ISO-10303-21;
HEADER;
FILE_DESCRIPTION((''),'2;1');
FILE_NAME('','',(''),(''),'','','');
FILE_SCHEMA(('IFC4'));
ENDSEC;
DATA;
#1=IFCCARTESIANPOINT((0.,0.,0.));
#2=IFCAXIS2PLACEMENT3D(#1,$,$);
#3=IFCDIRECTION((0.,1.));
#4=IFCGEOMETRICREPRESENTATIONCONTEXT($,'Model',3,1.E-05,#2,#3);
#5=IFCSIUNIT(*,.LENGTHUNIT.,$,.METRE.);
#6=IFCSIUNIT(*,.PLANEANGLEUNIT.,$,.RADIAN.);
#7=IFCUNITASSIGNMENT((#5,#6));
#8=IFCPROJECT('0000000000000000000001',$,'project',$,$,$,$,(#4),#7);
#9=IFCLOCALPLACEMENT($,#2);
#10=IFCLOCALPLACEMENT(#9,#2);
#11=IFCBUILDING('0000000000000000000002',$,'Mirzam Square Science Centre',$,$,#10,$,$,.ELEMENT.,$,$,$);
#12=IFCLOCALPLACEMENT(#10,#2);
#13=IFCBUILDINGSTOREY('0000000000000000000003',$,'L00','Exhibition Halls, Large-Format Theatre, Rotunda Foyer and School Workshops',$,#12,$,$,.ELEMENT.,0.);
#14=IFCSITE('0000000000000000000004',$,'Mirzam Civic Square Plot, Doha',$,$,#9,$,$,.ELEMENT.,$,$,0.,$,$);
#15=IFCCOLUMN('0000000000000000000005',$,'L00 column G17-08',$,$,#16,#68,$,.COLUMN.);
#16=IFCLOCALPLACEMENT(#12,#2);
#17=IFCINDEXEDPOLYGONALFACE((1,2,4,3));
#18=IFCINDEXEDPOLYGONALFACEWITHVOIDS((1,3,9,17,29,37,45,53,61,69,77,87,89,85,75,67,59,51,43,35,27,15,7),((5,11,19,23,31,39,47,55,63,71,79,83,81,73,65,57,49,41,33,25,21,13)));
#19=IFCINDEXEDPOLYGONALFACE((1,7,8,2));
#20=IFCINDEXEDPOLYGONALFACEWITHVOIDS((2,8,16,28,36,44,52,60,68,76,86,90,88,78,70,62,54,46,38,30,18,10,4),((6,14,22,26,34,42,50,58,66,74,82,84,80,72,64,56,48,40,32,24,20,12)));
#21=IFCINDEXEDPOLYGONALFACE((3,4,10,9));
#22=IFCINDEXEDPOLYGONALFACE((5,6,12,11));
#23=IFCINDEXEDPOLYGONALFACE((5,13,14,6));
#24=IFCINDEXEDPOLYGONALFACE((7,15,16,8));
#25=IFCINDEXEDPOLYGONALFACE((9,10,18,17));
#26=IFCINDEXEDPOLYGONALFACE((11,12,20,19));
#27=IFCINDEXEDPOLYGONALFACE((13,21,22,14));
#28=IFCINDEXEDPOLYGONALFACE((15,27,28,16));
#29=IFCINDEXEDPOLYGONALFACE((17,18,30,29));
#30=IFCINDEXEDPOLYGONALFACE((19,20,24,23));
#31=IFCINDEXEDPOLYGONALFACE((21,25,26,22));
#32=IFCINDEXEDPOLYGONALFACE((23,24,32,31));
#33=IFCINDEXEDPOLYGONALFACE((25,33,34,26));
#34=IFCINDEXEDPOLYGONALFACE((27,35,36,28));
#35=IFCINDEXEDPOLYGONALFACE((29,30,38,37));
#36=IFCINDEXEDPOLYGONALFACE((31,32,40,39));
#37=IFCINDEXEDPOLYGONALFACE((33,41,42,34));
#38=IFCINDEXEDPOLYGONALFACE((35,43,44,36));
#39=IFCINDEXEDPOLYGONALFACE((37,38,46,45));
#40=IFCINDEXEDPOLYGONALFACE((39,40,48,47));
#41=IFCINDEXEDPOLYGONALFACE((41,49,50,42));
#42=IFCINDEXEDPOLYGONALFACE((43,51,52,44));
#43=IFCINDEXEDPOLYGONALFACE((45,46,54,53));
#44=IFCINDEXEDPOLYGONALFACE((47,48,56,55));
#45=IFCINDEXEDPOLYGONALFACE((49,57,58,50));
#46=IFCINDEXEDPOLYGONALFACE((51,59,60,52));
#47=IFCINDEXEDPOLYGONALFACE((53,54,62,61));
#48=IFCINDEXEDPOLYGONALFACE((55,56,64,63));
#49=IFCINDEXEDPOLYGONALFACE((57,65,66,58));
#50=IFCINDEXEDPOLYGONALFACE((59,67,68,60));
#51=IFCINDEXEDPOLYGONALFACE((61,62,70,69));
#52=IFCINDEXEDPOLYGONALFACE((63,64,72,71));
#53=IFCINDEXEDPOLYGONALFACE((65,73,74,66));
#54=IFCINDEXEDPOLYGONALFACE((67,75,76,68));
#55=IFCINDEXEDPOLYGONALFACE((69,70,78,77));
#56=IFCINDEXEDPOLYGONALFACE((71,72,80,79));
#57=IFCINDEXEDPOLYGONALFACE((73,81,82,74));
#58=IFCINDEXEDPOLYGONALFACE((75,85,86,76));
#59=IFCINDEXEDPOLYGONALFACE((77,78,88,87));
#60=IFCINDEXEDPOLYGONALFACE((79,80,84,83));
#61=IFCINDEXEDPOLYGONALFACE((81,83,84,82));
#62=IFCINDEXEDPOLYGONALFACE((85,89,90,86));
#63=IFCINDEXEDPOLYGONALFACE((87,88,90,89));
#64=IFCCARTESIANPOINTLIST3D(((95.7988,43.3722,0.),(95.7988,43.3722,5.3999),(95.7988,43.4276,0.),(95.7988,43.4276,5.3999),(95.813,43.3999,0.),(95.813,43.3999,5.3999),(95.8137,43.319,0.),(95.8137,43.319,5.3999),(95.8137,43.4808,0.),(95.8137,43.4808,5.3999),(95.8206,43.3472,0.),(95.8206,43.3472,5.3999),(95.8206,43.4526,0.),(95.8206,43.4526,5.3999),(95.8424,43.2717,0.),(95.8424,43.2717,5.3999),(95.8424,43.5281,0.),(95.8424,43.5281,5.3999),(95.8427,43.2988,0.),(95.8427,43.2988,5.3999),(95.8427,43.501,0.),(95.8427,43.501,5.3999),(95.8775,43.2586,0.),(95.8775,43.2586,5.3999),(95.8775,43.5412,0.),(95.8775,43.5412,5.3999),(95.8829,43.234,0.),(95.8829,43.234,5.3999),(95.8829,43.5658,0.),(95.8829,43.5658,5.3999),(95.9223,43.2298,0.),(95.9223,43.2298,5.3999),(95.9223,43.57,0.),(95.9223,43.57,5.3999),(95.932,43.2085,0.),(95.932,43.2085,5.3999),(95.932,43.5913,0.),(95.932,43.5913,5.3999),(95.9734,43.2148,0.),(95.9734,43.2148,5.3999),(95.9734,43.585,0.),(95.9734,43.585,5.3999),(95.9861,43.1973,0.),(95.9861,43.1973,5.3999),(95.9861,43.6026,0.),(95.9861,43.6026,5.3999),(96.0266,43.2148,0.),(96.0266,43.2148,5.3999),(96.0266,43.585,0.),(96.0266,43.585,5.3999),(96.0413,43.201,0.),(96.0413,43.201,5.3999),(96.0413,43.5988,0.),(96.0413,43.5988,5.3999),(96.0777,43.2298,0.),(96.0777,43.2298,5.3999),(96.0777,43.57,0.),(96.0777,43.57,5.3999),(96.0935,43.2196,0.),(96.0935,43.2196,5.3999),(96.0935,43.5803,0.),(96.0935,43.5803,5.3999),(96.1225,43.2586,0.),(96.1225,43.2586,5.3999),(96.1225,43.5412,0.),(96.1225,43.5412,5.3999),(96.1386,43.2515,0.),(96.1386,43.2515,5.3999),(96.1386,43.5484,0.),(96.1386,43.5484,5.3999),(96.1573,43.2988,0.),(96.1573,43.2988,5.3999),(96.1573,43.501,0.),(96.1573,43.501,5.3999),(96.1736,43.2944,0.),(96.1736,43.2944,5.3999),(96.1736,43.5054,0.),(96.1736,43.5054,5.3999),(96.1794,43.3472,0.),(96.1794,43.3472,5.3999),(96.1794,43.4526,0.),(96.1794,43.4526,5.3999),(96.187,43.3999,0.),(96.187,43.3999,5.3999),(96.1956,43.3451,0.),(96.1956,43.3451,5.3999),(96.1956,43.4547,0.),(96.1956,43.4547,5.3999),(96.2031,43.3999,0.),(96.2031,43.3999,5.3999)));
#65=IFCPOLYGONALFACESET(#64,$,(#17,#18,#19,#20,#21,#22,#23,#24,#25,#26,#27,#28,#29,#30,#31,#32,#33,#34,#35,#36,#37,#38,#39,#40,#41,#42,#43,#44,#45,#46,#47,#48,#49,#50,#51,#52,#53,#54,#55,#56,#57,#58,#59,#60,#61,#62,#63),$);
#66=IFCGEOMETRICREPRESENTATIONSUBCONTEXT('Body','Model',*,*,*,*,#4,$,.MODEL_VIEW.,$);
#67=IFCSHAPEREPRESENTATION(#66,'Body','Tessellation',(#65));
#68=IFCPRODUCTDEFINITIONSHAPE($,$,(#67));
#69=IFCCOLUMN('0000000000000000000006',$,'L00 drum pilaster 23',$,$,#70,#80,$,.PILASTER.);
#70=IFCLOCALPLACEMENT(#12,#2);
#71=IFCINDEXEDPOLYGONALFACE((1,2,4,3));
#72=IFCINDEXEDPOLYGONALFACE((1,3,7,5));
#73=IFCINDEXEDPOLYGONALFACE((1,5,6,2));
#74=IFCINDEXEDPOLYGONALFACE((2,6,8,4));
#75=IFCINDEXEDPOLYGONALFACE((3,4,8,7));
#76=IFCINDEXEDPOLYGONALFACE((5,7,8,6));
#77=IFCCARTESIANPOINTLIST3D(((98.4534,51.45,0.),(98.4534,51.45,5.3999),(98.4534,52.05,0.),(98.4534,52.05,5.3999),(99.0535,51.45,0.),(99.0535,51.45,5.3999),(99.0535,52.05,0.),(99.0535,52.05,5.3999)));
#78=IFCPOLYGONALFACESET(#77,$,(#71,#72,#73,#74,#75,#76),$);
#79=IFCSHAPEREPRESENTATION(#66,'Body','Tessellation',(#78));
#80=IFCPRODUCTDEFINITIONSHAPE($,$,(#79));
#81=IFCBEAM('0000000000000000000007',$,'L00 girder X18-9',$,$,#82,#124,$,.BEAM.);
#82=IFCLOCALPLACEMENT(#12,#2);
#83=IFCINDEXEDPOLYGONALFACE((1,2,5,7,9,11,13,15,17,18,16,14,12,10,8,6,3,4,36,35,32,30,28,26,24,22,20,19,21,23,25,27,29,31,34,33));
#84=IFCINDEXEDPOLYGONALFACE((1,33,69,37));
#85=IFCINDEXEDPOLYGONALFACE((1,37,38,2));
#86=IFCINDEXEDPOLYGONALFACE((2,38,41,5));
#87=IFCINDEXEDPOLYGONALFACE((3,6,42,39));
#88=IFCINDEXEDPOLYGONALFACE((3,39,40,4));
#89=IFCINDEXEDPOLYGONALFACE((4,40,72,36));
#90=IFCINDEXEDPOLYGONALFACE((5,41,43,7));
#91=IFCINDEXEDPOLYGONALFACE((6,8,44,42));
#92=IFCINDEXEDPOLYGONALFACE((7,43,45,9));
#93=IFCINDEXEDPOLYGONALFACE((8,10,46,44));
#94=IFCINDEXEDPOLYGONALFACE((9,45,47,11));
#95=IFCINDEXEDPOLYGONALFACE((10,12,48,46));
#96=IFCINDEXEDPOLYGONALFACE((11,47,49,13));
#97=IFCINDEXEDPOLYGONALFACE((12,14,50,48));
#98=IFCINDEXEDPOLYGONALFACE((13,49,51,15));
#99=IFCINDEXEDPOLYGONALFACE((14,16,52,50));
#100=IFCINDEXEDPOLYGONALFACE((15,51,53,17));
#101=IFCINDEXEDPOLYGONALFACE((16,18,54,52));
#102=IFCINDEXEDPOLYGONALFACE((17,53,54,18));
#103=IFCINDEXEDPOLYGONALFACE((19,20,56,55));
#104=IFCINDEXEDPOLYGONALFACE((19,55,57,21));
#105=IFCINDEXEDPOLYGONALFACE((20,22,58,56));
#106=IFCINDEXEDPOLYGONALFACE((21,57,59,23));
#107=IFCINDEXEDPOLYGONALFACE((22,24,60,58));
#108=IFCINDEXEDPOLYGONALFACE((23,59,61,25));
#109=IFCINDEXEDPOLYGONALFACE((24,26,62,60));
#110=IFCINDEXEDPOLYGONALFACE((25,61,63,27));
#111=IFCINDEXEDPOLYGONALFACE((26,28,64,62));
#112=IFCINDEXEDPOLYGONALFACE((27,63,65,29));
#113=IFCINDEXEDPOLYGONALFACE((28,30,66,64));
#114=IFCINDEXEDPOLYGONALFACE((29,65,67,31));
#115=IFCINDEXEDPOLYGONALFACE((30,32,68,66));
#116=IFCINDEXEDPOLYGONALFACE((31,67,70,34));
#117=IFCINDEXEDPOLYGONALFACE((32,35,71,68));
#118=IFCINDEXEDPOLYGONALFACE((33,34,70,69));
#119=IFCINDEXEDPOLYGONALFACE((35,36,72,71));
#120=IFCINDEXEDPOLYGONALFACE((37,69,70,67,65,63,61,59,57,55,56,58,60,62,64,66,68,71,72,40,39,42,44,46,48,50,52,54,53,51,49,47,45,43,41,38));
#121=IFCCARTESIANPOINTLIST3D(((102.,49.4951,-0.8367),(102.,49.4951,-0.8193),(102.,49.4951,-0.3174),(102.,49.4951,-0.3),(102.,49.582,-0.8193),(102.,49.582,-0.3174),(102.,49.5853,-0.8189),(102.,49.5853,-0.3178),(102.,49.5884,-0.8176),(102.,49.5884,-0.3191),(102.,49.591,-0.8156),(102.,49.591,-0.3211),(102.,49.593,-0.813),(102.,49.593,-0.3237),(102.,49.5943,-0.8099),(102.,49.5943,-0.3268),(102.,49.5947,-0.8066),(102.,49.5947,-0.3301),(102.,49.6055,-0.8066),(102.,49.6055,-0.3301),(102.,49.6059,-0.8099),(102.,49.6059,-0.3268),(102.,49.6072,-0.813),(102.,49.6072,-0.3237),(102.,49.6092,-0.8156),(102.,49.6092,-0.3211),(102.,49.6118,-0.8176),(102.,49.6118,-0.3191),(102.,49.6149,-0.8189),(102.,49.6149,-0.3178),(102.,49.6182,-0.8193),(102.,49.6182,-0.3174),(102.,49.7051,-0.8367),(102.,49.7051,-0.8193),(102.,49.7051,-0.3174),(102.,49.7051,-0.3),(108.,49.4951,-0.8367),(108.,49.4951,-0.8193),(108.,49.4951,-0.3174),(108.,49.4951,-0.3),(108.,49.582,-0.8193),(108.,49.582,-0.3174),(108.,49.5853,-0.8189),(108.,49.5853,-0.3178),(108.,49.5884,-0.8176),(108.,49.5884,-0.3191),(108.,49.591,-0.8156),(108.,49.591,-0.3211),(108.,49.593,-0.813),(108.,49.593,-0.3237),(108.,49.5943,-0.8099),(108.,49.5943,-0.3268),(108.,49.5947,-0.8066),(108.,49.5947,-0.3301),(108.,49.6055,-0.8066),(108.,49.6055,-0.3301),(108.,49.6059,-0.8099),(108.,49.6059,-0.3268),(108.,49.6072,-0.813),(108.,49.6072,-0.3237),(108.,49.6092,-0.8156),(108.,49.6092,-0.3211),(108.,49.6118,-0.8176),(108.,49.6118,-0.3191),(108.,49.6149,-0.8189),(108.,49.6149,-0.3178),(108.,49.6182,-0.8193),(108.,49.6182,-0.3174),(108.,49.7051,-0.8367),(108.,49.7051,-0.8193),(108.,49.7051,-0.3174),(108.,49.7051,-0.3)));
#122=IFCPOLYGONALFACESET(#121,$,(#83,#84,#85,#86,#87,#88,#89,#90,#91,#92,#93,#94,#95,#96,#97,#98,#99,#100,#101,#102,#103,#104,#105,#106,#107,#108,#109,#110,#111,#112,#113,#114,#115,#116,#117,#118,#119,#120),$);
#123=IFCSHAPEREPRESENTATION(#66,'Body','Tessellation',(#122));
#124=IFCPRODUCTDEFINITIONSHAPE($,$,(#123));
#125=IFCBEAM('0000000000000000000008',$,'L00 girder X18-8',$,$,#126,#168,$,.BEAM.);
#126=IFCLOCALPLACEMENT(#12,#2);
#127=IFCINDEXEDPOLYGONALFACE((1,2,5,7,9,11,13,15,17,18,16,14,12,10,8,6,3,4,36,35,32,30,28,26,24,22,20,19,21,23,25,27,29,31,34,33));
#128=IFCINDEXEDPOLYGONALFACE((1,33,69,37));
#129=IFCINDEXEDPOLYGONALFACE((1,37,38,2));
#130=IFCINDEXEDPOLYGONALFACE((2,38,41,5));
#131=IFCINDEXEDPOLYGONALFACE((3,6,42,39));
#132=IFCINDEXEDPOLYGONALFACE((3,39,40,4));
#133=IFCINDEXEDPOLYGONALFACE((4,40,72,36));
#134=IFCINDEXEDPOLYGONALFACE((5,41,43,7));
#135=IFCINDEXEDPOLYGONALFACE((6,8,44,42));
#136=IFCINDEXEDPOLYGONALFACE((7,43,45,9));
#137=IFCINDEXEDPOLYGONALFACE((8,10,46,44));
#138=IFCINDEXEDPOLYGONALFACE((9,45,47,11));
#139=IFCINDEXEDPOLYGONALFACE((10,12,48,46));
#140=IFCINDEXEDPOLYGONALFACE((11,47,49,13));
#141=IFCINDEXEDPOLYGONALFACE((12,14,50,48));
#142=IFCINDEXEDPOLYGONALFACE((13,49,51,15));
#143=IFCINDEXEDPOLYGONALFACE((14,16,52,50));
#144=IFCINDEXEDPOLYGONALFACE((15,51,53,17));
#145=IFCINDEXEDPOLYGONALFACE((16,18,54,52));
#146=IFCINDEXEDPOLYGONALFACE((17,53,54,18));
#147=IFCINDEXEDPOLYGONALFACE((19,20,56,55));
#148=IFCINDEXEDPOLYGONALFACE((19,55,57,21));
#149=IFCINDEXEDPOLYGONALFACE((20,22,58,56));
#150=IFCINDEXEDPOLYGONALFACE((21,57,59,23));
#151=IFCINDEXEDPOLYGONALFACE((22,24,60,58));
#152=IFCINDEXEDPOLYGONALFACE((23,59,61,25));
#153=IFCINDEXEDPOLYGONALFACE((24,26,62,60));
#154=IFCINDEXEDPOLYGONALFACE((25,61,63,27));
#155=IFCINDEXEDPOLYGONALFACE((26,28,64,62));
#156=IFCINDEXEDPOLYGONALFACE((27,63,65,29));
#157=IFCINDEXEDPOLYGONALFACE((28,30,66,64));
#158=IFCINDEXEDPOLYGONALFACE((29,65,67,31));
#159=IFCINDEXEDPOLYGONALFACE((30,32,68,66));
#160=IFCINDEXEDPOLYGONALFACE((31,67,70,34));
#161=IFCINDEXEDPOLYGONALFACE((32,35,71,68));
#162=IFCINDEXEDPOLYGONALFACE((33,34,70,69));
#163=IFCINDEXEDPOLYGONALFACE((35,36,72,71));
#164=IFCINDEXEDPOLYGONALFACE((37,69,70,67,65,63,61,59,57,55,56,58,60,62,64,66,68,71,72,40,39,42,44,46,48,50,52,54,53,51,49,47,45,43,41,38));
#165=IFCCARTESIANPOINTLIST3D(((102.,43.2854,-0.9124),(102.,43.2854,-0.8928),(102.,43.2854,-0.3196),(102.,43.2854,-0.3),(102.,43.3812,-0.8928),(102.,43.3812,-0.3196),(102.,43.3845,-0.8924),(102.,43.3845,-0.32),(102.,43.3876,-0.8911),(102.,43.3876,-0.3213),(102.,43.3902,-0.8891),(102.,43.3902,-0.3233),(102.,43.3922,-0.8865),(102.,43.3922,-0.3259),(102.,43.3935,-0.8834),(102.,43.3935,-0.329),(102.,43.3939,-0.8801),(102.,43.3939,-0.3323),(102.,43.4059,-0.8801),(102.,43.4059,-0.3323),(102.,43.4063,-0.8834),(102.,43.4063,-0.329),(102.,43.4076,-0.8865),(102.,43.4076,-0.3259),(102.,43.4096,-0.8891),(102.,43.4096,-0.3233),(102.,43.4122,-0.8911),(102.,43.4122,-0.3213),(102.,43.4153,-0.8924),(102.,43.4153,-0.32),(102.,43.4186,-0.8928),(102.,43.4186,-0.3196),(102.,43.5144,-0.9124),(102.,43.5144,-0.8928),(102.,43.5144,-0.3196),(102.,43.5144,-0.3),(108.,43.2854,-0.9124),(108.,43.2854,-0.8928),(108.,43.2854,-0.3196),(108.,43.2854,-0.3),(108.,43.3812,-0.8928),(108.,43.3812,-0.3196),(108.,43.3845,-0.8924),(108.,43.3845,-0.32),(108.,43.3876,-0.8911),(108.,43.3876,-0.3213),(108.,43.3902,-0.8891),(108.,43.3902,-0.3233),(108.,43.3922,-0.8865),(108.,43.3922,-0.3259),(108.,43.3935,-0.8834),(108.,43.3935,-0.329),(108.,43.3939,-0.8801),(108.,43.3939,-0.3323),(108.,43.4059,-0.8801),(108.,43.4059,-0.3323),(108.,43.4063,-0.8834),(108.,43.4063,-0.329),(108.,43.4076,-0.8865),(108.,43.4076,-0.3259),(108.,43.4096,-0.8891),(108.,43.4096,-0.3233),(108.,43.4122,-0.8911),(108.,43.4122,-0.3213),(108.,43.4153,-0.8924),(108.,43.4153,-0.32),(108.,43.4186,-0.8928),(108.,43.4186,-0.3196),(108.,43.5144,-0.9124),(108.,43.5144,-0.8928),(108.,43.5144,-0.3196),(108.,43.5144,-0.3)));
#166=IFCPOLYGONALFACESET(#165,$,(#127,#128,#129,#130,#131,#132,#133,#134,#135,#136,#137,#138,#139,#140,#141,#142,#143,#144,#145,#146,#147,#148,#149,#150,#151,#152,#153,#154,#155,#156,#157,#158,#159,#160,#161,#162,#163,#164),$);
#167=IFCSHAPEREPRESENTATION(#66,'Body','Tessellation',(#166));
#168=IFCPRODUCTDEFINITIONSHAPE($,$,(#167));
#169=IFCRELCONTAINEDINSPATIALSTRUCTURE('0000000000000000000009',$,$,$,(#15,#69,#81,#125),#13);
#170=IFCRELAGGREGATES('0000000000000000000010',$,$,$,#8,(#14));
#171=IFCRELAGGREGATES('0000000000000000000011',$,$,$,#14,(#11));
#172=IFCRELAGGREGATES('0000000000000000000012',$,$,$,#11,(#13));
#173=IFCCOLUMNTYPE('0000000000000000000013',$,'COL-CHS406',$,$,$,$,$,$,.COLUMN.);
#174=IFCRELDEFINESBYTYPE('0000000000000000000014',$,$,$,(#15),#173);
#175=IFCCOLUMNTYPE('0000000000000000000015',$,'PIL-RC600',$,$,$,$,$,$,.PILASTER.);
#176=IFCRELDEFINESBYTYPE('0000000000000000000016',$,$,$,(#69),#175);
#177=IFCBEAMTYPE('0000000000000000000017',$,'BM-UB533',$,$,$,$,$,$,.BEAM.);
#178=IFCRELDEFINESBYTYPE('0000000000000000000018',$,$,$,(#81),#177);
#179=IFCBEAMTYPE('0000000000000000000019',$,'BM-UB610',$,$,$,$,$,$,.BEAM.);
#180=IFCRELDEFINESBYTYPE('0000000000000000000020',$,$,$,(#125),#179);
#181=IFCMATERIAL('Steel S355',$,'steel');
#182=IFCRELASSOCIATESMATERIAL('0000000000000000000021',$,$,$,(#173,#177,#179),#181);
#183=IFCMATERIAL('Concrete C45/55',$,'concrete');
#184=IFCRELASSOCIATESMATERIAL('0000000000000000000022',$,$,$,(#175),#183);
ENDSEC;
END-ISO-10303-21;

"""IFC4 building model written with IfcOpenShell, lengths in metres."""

from ifc_helpers import new_model, si_unit, direction, frame, origin, origin_2d, place, context, subcontext, project, spatial, rectangle, hollow_circle, i_section, extrude, material, material_profile, profile_set, type_object, element, save


model = new_model("IFC4")

# Units and contexts
model_context = context("Model", 3, precision=1e-05, world=origin(), true_north=direction((0.0, 1.0)))
body_context = subcontext(model_context, "Body", "Model", "MODEL_VIEW")
ifc_project = project(units=[si_unit("LENGTHUNIT", "METRE"), si_unit("PLANEANGLEUNIT", "RADIAN")], contexts=[model_context])

# Site, building, storey
site_placement = place(None, origin())
site = spatial("IfcSite", under=ifc_project, at=site_placement, Name="Mirzam Civic Square Plot, Doha", CompositionType="ELEMENT", RefElevation=0.0)
building_placement = place(site_placement, origin())
building = spatial("IfcBuilding", under=site, at=building_placement, Name="Mirzam Square Science Centre", CompositionType="ELEMENT")
storey_placement = place(building_placement, origin())
storey = spatial("IfcBuildingStorey", under=building, at=storey_placement, Name="L00", Description="Exhibition Halls, Large-Format Theatre, Rotunda Foyer and School Workshops", CompositionType="ELEMENT", Elevation=0.0)

# Columns
ifc_material_1 = material(Name="Steel S355", Category="steel")
ifc_material_profile_1 = material_profile(ifc_material_1, hollow_circle(Radius=0.2031, WallThickness=0.0161, at=origin_2d()), Name="406.4x16.0CHS")
ifc_profile_set_1 = profile_set([ifc_material_profile_1], Name="Steel S355")
column_type_1 = type_object("IfcColumnType", Name="COL-CHS406", PredefinedType="COLUMN", material=ifc_profile_set_1)
column_1_placement = place(storey_placement, frame((96.0, 43.3999, 0.0), z_axis=(0.0, 0.0, 1.0), x_axis=(1.0, 0.0, 0.0)))
element("IfcColumn", 1, at=column_1_placement, inside=storey, type_object=column_type_1, Name="L00 column G17-08", PredefinedType="COLUMN", context=body_context, shape_type="SweptSolid", body=[
    extrude(hollow_circle(Radius=0.2031, WallThickness=0.0161, at=origin_2d()), origin(), (0.0, 0.0, 1.0), 5.3999),
])
ifc_material_2 = material(Name="Concrete C45/55", Category="concrete")
ifc_material_profile_2 = material_profile(ifc_material_2, rectangle(XDim=0.6001, YDim=0.6001, at=origin_2d()), Name="RC600x600")
ifc_profile_set_2 = profile_set([ifc_material_profile_2], Name="Concrete C45/55")
column_type_2 = type_object("IfcColumnType", Name="PIL-RC600", PredefinedType="PILASTER", material=ifc_profile_set_2)
column_2_placement = place(storey_placement, frame((98.7534, 51.75, 0.0), z_axis=(0.0, 0.0, 1.0), x_axis=(1.0, 0.0, 0.0)))
element("IfcColumn", 2, at=column_2_placement, inside=storey, type_object=column_type_2, Name="L00 drum pilaster 23", PredefinedType="PILASTER", context=body_context, shape_type="SweptSolid", body=[
    extrude(rectangle(XDim=0.6001, YDim=0.6001, at=origin_2d()), origin(), (0.0, 0.0, 1.0), 5.3999),
])

# Beams
ifc_material_profile_3 = material_profile(ifc_material_1, i_section(OverallWidth=0.21, OverallDepth=0.5366, WebThickness=0.0107, FlangeThickness=0.0173, FilletRadius=0.0127, at=origin_2d()), Name="533x210x101UB")
ifc_profile_set_3 = profile_set([ifc_material_profile_3], Name="Steel S355")
beam_type_1 = type_object("IfcBeamType", Name="BM-UB533", PredefinedType="BEAM", material=ifc_profile_set_3)
beam_1_placement = place(storey_placement, frame((102.0, 49.6001, -0.5684), z_axis=(1.0, 0.0, 0.0), x_axis=(0.0, 1.0, 0.0)))
element("IfcBeam", 3, at=beam_1_placement, inside=storey, type_object=beam_type_1, Name="L00 girder X18-9", PredefinedType="BEAM", context=body_context, shape_type="SweptSolid", body=[
    extrude(i_section(OverallWidth=0.21, OverallDepth=0.5366, WebThickness=0.0107, FlangeThickness=0.0173, FilletRadius=0.0127, at=origin_2d()), origin(), (0.0, 0.0, 1.0), 6.0),
])
ifc_material_profile_4 = material_profile(ifc_material_1, i_section(OverallWidth=0.229, OverallDepth=0.6123, WebThickness=0.012, FlangeThickness=0.0195, FilletRadius=0.0127, at=origin_2d()), Name="610x229x125UB")
ifc_profile_set_4 = profile_set([ifc_material_profile_4], Name="Steel S355")
beam_type_2 = type_object("IfcBeamType", Name="BM-UB610", PredefinedType="BEAM", material=ifc_profile_set_4)
beam_2_placement = place(storey_placement, frame((102.0, 43.3999, -0.6062), z_axis=(1.0, 0.0, 0.0), x_axis=(0.0, 1.0, 0.0)))
element("IfcBeam", 4, at=beam_2_placement, inside=storey, type_object=beam_type_2, Name="L00 girder X18-8", PredefinedType="BEAM", context=body_context, shape_type="SweptSolid", body=[
    extrude(i_section(OverallWidth=0.229, OverallDepth=0.6123, WebThickness=0.012, FlangeThickness=0.0195, FilletRadius=0.0127, at=origin_2d()), origin(), (0.0, 0.0, 1.0), 6.0),
])

save(model, "model.ifc")
